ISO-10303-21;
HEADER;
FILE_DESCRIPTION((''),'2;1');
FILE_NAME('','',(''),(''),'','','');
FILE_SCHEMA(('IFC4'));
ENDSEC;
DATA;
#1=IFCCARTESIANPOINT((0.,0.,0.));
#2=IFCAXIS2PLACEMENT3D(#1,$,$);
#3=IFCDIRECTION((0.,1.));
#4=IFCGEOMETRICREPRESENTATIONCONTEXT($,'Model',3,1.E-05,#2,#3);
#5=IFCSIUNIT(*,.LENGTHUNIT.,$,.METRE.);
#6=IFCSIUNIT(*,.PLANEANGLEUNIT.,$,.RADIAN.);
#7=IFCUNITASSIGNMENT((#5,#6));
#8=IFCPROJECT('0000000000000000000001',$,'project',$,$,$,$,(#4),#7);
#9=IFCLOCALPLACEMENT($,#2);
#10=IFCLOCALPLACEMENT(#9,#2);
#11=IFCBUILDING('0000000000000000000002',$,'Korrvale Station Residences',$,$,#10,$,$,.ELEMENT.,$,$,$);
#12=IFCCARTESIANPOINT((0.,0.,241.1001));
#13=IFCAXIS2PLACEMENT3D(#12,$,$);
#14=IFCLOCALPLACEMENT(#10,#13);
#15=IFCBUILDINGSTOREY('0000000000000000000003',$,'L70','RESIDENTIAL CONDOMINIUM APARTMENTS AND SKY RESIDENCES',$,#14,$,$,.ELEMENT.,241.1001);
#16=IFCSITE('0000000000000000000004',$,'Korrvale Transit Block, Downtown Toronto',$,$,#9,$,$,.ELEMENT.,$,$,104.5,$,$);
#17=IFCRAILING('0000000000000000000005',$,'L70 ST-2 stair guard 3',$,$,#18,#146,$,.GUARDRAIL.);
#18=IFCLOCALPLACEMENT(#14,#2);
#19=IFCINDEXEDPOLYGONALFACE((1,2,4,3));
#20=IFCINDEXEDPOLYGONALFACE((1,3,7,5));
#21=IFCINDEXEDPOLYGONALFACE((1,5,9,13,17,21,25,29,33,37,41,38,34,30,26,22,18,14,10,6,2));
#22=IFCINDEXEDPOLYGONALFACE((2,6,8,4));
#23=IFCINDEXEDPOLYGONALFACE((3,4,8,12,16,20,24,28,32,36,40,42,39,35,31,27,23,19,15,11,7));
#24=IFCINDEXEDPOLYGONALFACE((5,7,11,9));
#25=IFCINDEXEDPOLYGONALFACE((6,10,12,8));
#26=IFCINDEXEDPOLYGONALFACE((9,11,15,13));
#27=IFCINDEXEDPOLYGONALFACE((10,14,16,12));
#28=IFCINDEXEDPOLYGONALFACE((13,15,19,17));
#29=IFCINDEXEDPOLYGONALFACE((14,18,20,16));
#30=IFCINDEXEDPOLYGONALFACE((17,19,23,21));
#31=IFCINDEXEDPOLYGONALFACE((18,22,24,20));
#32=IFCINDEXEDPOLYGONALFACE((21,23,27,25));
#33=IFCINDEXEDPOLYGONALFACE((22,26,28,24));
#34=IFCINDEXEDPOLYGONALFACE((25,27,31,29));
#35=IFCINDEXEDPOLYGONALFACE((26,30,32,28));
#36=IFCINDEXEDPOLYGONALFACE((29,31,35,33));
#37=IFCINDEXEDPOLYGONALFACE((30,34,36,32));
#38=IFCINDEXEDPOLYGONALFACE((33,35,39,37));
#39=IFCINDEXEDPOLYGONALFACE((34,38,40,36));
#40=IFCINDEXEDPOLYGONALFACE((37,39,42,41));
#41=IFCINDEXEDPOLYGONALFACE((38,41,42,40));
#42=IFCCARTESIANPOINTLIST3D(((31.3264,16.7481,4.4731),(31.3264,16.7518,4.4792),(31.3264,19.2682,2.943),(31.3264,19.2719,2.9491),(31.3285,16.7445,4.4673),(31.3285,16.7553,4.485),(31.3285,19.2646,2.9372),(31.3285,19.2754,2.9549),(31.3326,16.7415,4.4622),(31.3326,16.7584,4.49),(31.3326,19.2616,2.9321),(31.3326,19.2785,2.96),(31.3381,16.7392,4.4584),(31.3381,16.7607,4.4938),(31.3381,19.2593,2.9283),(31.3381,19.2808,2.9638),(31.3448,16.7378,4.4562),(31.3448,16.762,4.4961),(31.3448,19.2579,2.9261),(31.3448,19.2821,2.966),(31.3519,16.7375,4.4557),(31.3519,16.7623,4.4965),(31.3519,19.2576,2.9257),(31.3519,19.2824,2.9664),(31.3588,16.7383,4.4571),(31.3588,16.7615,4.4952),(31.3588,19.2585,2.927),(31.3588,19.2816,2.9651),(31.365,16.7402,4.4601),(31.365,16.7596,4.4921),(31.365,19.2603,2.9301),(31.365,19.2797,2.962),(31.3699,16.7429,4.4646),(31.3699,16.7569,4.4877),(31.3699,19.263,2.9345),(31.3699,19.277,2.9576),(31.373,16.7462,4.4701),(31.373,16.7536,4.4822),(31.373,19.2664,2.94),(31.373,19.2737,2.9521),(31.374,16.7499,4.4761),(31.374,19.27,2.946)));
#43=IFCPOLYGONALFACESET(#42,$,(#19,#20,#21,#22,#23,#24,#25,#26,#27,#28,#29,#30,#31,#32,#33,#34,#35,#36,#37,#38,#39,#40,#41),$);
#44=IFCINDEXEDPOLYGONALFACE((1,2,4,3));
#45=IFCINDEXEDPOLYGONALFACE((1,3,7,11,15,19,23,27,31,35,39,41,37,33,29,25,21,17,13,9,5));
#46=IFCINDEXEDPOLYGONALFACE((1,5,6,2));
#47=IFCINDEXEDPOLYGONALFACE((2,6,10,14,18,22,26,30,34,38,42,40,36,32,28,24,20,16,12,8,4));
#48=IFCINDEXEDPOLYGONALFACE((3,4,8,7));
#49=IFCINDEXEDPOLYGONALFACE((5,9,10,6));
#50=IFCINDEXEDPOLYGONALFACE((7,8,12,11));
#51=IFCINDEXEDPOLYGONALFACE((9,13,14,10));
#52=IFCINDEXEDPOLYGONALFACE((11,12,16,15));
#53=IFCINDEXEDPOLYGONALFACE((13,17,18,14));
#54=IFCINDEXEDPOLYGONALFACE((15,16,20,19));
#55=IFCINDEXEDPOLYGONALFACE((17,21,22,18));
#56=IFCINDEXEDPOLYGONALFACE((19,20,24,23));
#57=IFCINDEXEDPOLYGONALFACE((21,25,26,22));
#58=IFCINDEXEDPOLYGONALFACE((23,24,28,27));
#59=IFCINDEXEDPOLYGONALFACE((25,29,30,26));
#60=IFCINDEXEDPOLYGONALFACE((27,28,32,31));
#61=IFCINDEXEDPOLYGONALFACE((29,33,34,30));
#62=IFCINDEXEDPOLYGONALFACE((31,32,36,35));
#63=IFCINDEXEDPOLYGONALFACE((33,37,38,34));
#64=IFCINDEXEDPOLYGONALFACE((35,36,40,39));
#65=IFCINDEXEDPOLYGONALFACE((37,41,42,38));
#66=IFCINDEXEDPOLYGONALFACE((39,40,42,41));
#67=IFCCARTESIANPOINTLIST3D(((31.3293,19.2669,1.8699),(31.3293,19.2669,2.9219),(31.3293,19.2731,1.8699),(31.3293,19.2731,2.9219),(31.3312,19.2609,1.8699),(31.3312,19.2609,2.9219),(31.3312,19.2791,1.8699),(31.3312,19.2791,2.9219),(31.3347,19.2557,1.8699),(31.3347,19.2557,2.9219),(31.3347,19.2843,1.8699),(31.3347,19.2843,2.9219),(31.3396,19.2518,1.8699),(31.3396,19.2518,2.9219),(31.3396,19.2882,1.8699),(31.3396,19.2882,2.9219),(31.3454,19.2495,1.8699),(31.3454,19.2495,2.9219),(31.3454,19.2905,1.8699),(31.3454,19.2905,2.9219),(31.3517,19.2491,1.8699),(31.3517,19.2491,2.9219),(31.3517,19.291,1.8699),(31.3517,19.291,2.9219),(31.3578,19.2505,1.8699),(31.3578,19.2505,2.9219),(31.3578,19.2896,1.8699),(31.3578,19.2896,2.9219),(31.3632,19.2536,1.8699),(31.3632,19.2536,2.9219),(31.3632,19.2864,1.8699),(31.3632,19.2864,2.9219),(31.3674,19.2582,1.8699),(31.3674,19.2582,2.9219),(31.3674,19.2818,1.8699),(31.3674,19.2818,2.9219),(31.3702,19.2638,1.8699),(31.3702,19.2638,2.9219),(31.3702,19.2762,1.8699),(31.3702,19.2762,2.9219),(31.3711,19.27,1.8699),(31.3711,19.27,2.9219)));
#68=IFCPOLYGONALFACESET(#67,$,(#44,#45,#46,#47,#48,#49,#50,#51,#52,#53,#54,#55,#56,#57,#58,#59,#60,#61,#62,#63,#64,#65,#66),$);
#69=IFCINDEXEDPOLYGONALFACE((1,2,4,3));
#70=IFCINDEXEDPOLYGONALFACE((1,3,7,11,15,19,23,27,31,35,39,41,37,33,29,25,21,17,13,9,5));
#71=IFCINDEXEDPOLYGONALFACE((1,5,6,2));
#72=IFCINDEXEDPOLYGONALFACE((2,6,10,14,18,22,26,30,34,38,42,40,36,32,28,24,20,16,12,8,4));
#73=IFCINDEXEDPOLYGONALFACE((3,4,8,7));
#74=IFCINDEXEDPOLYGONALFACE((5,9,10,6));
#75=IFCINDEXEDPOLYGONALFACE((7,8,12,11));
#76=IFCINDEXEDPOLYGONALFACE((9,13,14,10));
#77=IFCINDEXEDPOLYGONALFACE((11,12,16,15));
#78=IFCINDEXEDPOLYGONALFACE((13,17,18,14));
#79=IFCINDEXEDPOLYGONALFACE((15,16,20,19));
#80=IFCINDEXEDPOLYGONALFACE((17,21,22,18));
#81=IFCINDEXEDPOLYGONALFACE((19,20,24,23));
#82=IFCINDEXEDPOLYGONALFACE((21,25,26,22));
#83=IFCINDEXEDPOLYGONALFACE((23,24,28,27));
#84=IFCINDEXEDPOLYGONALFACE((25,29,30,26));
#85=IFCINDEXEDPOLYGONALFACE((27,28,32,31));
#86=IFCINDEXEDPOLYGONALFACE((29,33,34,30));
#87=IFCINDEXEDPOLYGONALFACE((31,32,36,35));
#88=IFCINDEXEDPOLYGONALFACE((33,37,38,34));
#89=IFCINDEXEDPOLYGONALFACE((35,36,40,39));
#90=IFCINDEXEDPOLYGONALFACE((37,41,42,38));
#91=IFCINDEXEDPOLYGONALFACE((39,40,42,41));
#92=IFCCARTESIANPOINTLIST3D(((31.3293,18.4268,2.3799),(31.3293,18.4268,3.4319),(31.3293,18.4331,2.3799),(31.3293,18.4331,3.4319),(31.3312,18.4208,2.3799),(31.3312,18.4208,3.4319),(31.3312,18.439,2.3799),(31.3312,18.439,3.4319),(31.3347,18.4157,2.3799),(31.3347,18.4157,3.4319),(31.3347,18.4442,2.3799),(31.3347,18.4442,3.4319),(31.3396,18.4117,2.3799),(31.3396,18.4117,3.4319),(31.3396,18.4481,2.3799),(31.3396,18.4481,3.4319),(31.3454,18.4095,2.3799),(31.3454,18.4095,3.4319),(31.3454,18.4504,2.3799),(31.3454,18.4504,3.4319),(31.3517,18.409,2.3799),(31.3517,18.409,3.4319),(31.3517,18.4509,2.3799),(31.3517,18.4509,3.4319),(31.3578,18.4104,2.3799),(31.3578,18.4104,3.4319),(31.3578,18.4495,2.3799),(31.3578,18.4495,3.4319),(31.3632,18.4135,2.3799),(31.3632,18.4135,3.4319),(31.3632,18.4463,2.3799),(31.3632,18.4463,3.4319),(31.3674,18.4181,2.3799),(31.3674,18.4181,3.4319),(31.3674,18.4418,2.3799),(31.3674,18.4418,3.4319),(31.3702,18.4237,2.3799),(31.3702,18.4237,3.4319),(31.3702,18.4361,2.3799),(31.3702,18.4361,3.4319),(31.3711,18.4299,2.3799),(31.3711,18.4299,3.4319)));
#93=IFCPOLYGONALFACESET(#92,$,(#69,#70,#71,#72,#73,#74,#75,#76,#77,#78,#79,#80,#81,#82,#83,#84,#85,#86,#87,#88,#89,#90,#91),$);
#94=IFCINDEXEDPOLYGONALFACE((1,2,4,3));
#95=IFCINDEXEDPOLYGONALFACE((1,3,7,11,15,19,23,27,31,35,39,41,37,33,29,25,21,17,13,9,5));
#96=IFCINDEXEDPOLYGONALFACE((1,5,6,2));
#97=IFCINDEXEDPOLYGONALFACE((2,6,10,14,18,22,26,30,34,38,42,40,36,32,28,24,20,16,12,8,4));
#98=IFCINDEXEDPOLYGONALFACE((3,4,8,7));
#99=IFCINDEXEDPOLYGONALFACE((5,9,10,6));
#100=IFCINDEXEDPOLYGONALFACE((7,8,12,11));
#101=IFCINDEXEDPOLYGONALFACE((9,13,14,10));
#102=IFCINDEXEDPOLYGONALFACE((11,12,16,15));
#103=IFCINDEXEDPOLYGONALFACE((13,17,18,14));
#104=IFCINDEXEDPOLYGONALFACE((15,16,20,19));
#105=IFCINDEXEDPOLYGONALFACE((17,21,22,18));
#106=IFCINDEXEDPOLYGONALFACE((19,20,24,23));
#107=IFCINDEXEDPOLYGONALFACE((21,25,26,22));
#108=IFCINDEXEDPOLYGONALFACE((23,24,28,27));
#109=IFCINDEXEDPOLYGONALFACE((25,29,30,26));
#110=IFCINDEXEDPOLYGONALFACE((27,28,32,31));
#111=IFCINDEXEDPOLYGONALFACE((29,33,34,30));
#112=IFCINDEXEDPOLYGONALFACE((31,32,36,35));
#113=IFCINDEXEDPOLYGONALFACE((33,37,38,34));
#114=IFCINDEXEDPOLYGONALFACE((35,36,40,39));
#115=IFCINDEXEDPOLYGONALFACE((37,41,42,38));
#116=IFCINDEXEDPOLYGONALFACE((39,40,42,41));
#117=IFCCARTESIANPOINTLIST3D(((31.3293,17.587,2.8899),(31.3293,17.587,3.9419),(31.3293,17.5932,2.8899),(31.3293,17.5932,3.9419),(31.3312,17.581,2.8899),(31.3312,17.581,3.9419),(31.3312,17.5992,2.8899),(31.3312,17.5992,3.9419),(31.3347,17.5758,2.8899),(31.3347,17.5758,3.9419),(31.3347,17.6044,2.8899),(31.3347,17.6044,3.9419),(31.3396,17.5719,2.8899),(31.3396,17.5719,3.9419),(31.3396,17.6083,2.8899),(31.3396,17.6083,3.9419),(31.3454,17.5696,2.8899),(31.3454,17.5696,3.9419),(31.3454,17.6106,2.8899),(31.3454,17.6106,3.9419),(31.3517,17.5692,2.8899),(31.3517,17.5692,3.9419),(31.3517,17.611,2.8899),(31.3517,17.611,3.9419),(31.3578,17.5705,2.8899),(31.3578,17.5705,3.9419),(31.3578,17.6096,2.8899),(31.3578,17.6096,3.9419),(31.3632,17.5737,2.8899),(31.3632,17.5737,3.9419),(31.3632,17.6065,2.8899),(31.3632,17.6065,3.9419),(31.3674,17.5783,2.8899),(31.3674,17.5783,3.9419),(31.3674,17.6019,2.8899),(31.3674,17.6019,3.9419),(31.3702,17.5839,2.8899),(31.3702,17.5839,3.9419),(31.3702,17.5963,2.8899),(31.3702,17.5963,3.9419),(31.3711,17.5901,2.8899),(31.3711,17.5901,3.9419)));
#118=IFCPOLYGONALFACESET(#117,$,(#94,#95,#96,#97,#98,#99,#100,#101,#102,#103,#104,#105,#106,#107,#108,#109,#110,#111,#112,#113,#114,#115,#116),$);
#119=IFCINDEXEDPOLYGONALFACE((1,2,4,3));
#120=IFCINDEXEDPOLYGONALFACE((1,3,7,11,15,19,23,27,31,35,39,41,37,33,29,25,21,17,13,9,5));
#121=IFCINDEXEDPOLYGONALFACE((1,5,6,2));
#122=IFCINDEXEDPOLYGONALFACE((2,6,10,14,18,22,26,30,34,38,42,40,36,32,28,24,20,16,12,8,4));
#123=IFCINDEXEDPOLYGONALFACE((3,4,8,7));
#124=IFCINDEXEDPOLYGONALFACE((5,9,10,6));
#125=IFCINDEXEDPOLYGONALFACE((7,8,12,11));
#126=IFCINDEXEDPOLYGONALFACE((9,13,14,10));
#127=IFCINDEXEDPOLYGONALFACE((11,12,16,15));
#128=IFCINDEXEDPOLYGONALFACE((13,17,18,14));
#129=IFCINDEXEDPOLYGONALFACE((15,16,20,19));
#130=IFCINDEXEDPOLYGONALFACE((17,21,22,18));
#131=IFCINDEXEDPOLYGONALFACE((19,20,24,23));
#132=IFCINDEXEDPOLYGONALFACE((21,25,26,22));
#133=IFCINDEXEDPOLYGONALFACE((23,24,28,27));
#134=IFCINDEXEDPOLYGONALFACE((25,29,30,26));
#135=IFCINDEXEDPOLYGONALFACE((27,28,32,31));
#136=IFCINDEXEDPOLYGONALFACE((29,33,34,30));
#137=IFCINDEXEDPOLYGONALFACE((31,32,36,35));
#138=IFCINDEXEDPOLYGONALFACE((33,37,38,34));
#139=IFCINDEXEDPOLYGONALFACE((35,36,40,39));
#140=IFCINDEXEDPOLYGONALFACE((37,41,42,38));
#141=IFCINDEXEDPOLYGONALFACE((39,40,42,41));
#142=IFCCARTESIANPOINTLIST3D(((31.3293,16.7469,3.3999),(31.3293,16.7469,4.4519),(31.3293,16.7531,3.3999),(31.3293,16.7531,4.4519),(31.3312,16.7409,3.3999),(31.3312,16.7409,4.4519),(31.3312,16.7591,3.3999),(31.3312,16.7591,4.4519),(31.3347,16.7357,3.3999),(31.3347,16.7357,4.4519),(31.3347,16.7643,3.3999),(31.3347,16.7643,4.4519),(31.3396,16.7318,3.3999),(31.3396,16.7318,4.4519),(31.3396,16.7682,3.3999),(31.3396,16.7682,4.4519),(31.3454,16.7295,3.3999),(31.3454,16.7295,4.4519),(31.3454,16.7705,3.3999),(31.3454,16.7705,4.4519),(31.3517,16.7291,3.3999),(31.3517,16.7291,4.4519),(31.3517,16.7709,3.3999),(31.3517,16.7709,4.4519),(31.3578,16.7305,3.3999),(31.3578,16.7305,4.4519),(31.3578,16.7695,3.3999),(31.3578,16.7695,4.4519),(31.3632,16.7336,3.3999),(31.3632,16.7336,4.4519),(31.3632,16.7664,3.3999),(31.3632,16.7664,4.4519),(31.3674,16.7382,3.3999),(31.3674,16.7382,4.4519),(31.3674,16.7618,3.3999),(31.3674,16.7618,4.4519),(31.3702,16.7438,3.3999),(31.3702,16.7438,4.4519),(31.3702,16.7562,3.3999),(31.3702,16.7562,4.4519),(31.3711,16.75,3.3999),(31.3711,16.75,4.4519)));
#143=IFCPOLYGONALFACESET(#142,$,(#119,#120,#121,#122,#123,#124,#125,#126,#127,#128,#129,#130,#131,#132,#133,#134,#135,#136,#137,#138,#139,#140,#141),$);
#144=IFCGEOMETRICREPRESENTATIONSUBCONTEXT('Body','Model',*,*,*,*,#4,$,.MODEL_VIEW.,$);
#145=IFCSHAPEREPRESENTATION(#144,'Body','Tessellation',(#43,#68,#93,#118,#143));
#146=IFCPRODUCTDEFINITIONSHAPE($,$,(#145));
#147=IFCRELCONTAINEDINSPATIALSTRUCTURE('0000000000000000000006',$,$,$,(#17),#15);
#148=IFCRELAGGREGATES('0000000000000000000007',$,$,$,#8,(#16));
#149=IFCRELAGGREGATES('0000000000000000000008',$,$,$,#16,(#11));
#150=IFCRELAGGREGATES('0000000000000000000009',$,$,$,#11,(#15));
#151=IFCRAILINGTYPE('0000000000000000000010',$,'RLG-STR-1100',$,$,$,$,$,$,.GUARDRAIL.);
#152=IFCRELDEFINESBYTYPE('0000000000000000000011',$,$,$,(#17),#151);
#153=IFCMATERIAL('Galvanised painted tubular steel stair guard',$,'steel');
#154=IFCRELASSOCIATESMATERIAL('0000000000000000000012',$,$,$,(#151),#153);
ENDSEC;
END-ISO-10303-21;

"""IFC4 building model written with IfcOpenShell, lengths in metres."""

from ifc_helpers import new_model, si_unit, direction, frame, origin, origin_2d, place, context, subcontext, project, spatial, circle, extrude, material, type_object, element, save


model = new_model("IFC4")

# Units and contexts
model_context = context("Model", 3, precision=1e-05, world=origin(), true_north=direction((0.0, 1.0)))
body_context = subcontext(model_context, "Body", "Model", "MODEL_VIEW")
ifc_project = project(units=[si_unit("LENGTHUNIT", "METRE"), si_unit("PLANEANGLEUNIT", "RADIAN")], contexts=[model_context])

# Site, building, storey
site_placement = place(None, origin())
site = spatial("IfcSite", under=ifc_project, at=site_placement, Name="Korrvale Transit Block, Downtown Toronto", CompositionType="ELEMENT", RefElevation=104.5)
building_placement = place(site_placement, origin())
building = spatial("IfcBuilding", under=site, at=building_placement, Name="Korrvale Station Residences", CompositionType="ELEMENT")
storey_placement = place(building_placement, frame((0.0, 0.0, 241.1001)))
storey = spatial("IfcBuildingStorey", under=building, at=storey_placement, Name="L70", Description="RESIDENTIAL CONDOMINIUM APARTMENTS AND SKY RESIDENCES", CompositionType="ELEMENT", Elevation=241.1001)

# Railing
ifc_material_1 = material(Name="Galvanised painted tubular steel stair guard", Category="steel")
railing_type_1 = type_object("IfcRailingType", Name="RLG-STR-1100", PredefinedType="GUARDRAIL", material=ifc_material_1)
railing_1_placement = place(storey_placement, frame((31.3501, 19.27, 1.8699)))
element("IfcRailing", 1, at=railing_1_placement, inside=storey, type_object=railing_type_1, Name="L70 ST-2 stair guard 3", PredefinedType="GUARDRAIL", context=body_context, shape_type="SweptSolid", body=[
    extrude(circle(Radius=0.0239, at=origin_2d()), frame((0.0, 0.0, 1.0762), z_axis=(0.0, -0.854785, 0.518982), x_axis=(1.0, 0.0, 0.0)), (0.0, 0.0, 1.0), 2.9482),
    extrude(circle(Radius=0.021, at=origin_2d()), origin(), (0.0, 0.0, 1.0), 1.052),
    extrude(circle(Radius=0.021, at=origin_2d()), frame((0.0, -0.8401, 0.51)), (0.0, 0.0, 1.0), 1.052),
    extrude(circle(Radius=0.021, at=origin_2d()), frame((0.0, -1.6799, 1.02)), (0.0, 0.0, 1.0), 1.052),
    extrude(circle(Radius=0.021, at=origin_2d()), frame((0.0, -2.52, 1.53)), (0.0, 0.0, 1.0), 1.052),
])

save(model, "model.ifc")
